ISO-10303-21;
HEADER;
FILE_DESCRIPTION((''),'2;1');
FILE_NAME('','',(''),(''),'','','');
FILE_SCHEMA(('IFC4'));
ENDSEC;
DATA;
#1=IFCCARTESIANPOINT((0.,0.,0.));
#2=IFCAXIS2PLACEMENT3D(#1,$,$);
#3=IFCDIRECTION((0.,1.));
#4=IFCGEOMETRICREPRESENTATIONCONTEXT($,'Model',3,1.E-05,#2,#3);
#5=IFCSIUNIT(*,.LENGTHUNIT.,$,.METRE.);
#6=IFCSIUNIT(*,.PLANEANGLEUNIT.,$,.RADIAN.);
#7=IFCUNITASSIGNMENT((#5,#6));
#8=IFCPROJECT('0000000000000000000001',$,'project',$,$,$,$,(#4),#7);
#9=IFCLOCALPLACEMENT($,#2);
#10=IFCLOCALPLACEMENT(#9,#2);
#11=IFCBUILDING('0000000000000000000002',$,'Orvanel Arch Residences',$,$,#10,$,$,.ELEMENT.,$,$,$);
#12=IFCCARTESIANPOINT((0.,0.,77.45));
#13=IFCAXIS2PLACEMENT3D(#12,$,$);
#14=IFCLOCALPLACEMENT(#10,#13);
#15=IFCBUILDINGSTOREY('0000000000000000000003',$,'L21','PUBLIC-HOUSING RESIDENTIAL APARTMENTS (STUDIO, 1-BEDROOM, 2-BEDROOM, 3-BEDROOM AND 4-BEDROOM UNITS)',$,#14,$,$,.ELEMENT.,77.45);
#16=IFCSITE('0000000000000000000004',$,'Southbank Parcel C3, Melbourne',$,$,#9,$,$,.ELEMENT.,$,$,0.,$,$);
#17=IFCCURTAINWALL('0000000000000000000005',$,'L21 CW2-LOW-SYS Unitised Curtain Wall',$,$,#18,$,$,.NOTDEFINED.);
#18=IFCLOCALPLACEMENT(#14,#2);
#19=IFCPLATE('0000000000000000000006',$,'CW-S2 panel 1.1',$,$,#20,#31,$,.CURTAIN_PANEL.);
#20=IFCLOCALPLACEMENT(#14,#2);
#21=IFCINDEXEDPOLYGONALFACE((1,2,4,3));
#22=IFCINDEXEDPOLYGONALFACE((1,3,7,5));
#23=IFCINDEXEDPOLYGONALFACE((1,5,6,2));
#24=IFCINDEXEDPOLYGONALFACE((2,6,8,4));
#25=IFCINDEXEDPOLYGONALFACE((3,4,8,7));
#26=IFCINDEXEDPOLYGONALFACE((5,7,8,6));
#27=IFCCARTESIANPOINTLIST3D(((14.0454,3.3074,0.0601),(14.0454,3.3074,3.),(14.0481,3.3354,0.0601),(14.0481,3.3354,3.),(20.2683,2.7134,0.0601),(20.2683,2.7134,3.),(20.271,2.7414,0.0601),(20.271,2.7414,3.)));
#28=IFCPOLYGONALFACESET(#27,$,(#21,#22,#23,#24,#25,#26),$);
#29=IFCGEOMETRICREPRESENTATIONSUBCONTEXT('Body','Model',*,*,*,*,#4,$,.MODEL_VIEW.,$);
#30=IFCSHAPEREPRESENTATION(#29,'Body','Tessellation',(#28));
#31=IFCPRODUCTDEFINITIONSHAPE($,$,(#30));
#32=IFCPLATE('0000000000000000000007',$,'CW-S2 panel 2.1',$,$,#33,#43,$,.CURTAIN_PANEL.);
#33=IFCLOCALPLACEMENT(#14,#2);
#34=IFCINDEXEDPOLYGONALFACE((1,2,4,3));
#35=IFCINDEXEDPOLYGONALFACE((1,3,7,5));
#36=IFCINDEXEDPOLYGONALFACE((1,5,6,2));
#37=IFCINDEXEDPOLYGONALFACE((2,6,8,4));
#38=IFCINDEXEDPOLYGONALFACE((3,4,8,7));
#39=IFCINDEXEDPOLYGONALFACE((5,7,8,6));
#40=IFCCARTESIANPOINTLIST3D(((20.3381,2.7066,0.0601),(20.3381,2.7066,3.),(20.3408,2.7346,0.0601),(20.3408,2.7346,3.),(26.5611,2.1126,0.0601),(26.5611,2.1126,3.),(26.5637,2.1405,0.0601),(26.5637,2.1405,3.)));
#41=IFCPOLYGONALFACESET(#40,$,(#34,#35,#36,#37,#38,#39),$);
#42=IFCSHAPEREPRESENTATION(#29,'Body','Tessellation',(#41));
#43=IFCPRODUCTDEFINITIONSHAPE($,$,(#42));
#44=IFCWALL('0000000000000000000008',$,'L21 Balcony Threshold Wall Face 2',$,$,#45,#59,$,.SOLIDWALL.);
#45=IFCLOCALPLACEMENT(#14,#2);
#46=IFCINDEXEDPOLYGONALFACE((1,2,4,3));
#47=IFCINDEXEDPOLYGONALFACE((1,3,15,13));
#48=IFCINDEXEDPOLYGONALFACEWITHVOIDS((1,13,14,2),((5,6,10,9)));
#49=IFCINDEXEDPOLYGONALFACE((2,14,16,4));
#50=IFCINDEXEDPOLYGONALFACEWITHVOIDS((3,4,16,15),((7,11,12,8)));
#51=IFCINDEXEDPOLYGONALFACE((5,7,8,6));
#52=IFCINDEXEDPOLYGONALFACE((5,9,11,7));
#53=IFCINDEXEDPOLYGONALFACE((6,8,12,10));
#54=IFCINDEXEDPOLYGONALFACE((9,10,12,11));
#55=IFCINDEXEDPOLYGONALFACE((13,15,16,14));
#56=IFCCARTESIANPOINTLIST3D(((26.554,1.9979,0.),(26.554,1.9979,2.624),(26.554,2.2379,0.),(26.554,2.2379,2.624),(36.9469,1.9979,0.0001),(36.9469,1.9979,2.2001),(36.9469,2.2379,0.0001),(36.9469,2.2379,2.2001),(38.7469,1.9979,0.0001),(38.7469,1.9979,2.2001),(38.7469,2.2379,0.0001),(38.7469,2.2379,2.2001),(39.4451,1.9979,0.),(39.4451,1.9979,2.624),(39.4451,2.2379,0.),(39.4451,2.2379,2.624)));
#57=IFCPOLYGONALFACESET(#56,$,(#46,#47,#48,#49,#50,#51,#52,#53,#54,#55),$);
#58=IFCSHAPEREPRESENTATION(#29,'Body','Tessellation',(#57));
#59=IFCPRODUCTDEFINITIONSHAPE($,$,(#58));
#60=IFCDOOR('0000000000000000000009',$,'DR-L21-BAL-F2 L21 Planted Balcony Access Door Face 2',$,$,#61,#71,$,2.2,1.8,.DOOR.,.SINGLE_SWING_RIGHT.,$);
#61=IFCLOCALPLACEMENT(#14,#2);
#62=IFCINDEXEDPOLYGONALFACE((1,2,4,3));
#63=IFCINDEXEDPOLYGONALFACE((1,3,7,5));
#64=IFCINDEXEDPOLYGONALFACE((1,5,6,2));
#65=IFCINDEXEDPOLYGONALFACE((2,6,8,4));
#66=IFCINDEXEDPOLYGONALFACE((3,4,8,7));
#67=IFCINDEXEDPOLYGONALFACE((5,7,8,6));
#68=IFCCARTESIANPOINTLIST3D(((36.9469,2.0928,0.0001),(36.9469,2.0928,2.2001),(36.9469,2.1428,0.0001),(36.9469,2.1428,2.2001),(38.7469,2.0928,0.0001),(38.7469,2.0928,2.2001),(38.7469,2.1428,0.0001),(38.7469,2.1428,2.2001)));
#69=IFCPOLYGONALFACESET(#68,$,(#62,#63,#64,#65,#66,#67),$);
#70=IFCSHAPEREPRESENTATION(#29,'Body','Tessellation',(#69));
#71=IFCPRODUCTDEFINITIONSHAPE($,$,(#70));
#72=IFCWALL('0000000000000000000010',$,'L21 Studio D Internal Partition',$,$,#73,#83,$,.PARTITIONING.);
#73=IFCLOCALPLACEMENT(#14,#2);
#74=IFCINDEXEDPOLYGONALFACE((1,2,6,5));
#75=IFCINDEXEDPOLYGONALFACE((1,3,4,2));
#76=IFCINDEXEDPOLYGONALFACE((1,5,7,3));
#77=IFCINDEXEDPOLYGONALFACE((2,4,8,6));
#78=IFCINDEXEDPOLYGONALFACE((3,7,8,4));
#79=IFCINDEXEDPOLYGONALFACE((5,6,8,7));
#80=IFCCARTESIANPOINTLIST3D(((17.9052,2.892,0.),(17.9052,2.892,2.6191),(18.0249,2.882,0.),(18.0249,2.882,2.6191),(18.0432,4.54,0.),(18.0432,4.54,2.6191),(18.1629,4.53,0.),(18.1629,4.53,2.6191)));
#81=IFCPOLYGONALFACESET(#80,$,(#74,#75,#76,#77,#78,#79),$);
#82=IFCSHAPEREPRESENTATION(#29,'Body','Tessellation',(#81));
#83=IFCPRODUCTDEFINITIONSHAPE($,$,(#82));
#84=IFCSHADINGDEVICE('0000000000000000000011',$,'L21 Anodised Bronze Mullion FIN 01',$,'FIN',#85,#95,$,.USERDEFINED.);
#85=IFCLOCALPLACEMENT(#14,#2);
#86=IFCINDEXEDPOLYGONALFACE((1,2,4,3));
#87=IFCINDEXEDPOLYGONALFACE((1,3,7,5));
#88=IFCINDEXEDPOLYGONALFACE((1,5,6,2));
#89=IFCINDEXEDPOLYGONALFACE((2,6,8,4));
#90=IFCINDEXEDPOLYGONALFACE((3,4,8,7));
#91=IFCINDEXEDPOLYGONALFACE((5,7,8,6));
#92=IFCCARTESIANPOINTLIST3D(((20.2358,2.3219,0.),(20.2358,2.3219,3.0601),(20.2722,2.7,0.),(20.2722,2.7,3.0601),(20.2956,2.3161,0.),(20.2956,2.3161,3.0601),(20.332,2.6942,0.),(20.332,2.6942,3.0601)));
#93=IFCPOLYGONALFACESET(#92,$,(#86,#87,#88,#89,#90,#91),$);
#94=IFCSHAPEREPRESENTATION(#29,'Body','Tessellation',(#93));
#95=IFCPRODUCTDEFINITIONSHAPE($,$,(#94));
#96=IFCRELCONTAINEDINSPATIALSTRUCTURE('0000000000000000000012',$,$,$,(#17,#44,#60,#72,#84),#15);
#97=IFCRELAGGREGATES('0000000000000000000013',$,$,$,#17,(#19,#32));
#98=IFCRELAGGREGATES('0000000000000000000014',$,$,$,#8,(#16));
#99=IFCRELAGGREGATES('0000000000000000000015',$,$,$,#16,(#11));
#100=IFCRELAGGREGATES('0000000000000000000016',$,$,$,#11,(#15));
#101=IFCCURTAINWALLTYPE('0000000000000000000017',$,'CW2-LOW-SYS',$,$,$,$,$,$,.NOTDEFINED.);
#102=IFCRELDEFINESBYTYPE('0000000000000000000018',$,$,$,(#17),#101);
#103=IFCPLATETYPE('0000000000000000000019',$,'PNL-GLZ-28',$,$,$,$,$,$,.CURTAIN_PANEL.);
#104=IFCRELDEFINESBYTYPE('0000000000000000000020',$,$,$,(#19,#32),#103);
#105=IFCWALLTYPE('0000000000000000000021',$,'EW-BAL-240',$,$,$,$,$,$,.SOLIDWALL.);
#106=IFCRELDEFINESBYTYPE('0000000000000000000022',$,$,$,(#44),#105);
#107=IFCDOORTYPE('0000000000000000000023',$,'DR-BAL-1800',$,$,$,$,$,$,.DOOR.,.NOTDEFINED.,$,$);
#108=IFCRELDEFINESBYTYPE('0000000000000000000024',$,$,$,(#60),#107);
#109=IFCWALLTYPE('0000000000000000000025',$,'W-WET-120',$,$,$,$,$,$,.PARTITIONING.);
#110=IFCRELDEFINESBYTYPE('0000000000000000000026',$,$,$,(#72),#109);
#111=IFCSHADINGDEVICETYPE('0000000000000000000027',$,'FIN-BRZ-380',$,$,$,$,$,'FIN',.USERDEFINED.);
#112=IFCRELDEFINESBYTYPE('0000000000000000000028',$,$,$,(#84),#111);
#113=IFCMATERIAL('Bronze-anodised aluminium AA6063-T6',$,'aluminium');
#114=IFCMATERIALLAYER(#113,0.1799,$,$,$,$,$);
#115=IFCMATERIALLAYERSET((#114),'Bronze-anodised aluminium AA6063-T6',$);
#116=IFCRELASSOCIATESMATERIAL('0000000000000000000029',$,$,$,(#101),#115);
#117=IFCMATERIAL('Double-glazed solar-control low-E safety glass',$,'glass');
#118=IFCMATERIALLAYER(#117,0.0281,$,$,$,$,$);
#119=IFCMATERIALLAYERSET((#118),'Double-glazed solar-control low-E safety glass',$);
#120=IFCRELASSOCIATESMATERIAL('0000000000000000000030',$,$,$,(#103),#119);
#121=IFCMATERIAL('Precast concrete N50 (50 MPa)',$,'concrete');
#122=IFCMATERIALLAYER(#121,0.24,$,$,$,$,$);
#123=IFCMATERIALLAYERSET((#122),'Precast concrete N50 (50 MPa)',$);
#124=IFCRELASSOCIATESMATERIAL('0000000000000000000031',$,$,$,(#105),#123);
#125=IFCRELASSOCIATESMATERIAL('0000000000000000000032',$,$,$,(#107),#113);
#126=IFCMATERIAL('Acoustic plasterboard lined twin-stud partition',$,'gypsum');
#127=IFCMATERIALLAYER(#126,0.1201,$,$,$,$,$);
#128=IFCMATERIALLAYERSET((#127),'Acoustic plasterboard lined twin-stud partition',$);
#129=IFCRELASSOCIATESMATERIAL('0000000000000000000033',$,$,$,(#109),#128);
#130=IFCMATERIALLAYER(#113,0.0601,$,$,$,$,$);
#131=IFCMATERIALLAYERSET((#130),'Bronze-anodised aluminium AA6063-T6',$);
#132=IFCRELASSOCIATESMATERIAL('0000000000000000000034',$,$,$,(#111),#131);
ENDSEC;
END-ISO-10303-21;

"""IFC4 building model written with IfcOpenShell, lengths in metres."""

from ifc_helpers import new_model, si_unit, direction, frame, frame_2d, origin, origin_2d, place, context, subcontext, project, spatial, rectangle, extrude, material, layer, layer_set, type_object, element, fill, aggregate, save


model = new_model("IFC4")

# Units and contexts
model_context = context("Model", 3, precision=1e-05, world=origin(), true_north=direction((0.0, 1.0)))
body_context = subcontext(model_context, "Body", "Model", "MODEL_VIEW")
ifc_project = project(units=[si_unit("LENGTHUNIT", "METRE"), si_unit("PLANEANGLEUNIT", "RADIAN")], contexts=[model_context])

# Site, building, storey
site_placement = place(None, origin())
site = spatial("IfcSite", under=ifc_project, at=site_placement, Name="Southbank Parcel C3, Melbourne", CompositionType="ELEMENT", RefElevation=0.0)
building_placement = place(site_placement, origin())
building = spatial("IfcBuilding", under=site, at=building_placement, Name="Orvanel Arch Residences", CompositionType="ELEMENT")
storey_placement = place(building_placement, frame((0.0, 0.0, 77.45)))
storey = spatial("IfcBuildingStorey", under=building, at=storey_placement, Name="L21", Description="PUBLIC-HOUSING RESIDENTIAL APARTMENTS (STUDIO, 1-BEDROOM, 2-BEDROOM, 3-BEDROOM AND 4-BEDROOM UNITS)", CompositionType="ELEMENT", Elevation=77.45)

# Shared definitions
ifc_material_1 = material(Name="Bronze-anodised aluminium AA6063-T6", Category="aluminium")

# Curtain wall
ifc_layer_1 = layer(ifc_material_1, 0.1799)
ifc_layer_set_1 = layer_set([ifc_layer_1], Name="Bronze-anodised aluminium AA6063-T6")
curtain_wall_type_1 = type_object("IfcCurtainWallType", Name="CW2-LOW-SYS", PredefinedType="NOTDEFINED", material=ifc_layer_set_1)
curtain_wall_1_placement = place(storey_placement, origin())
curtain_wall_1 = element("IfcCurtainWall", 1, at=curtain_wall_1_placement, inside=storey, type_object=curtain_wall_type_1, Name="L21 CW2-LOW-SYS Unitised Curtain Wall", PredefinedType="NOTDEFINED")

# Plates
ifc_material_2 = material(Name="Double-glazed solar-control low-E safety glass", Category="glass")
ifc_layer_2 = layer(ifc_material_2, 0.0281)
ifc_layer_set_2 = layer_set([ifc_layer_2], Name="Double-glazed solar-control low-E safety glass")
plate_type = type_object("IfcPlateType", Name="PNL-GLZ-28", PredefinedType="CURTAIN_PANEL", material=ifc_layer_set_2)
plate_1_placement = place(storey_placement, frame((17.1582, 3.0244, 0.0601), z_axis=(0.0, 0.0, 1.0), x_axis=(0.995475, -0.095024, 0.0)))
plate_1 = element("IfcPlate", 2, at=plate_1_placement, type_object=plate_type, Name="CW-S2 panel 1.1", PredefinedType="CURTAIN_PANEL", context=body_context, shape_type="SweptSolid", body=[
    extrude(rectangle(XDim=6.2512, YDim=0.0281, at=origin_2d()), origin(), (0.0, 0.0, 1.0), 2.9399),
])
plate_2_placement = place(storey_placement, frame((23.4509, 2.4236, 0.0601), z_axis=(0.0, 0.0, 1.0), x_axis=(0.995475, -0.095024, 0.0)))
plate_2 = element("IfcPlate", 3, at=plate_2_placement, type_object=plate_type, Name="CW-S2 panel 2.1", PredefinedType="CURTAIN_PANEL", context=body_context, shape_type="SweptSolid", body=[
    extrude(rectangle(XDim=6.2512, YDim=0.0281, at=origin_2d()), origin(), (0.0, 0.0, 1.0), 2.9399),
])
aggregate(curtain_wall_1, [plate_1, plate_2])

# Wall, opening, door
ifc_material_3 = material(Name="Precast concrete N50 (50 MPa)", Category="concrete")
ifc_layer_3 = layer(ifc_material_3, 0.24)
ifc_layer_set_3 = layer_set([ifc_layer_3], Name="Precast concrete N50 (50 MPa)")
wall_type_1 = type_object("IfcWallType", Name="EW-BAL-240", PredefinedType="SOLIDWALL", material=ifc_layer_set_3)
wall_1_placement = place(storey_placement, frame((26.554, 2.1179, 0.0), z_axis=(0.0, 0.0, 1.0), x_axis=(1.0, 0.0, 0.0)))
wall_1 = element("IfcWall", 4, at=wall_1_placement, inside=storey, type_object=wall_type_1, Name="L21 Balcony Threshold Wall Face 2", PredefinedType="SOLIDWALL", context=body_context, shape_type="SweptSolid", body=[
    extrude(rectangle(XDim=12.8911, YDim=0.24, at=frame_2d((6.4456, 0.0))), origin(), (0.0, 0.0, 1.0), 2.624),
])
opening_placement = place(wall_1_placement, frame((10.3931, 0.0, 0.0)))
opening = element("IfcOpeningElement", 5, at=opening_placement, cuts=wall_1, PredefinedType="OPENING", context=body_context, shape_type="SweptSolid", body=[
    extrude(rectangle(XDim=1.8, YDim=2.2, at=frame_2d((0.8999, 1.1001))), frame((0.0, 0.1299, 0.0), z_axis=(0.0, -1.0, 0.0), x_axis=(1.0, 0.0, 0.0)), (0.0, 0.0, 1.0), 0.26),
])
door_type = type_object("IfcDoorType", Name="DR-BAL-1800", OperationType="NOTDEFINED", PredefinedType="DOOR", material=ifc_material_1)
door_placement = place(opening_placement, origin())
door = element("IfcDoor", 6, at=door_placement, inside=storey, type_object=door_type, Name="DR-L21-BAL-F2 L21 Planted Balcony Access Door Face 2", OperationType="SINGLE_SWING_RIGHT", OverallHeight=2.2, OverallWidth=1.8, PredefinedType="DOOR", context=body_context, shape_type="SweptSolid", body=[
    extrude(rectangle(XDim=1.8, YDim=2.2, at=frame_2d((0.8999, 1.1001))), frame((0.0, 0.0249, 0.0), z_axis=(0.0, -1.0, 0.0), x_axis=(1.0, 0.0, 0.0)), (0.0, 0.0, 1.0), 0.05),
])
fill(opening, door)

# Wall
ifc_material_4 = material(Name="Acoustic plasterboard lined twin-stud partition", Category="gypsum")
ifc_layer_4 = layer(ifc_material_4, 0.1201)
ifc_layer_set_4 = layer_set([ifc_layer_4], Name="Acoustic plasterboard lined twin-stud partition")
wall_type_2 = type_object("IfcWallType", Name="W-WET-120", PredefinedType="PARTITIONING", material=ifc_layer_set_4)
wall_2_placement = place(storey_placement, frame((17.9651, 2.887, 0.0), z_axis=(0.0, 0.0, 1.0), x_axis=(0.083412, 0.996515, 0.0)))
element("IfcWall", 7, at=wall_2_placement, inside=storey, type_object=wall_type_2, Name="L21 Studio D Internal Partition", PredefinedType="PARTITIONING", context=body_context, shape_type="SweptSolid", body=[
    extrude(rectangle(XDim=1.6538, YDim=0.1201, at=frame_2d((0.8269, 0.0))), origin(), (0.0, 0.0, 1.0), 2.6191),
])

# Shading device
ifc_layer_5 = layer(ifc_material_1, 0.0601)
ifc_layer_set_5 = layer_set([ifc_layer_5], Name="Bronze-anodised aluminium AA6063-T6")
shading_device_type = type_object("IfcShadingDeviceType", Name="FIN-BRZ-380", ElementType="FIN", PredefinedType="USERDEFINED", material=ifc_layer_set_5)
shading_device_placement = place(storey_placement, frame((20.2839, 2.5081, 0.0), z_axis=(0.0, 0.0, 1.0), x_axis=(-0.095846, -0.995396, 0.0)))
element("IfcShadingDevice", 8, at=shading_device_placement, inside=storey, type_object=shading_device_type, Name="L21 Anodised Bronze Mullion FIN 01", ObjectType="FIN", PredefinedType="USERDEFINED", context=body_context, shape_type="SweptSolid", body=[
    extrude(rectangle(XDim=0.3799, YDim=0.0601, at=origin_2d()), origin(), (0.0, 0.0, 1.0), 3.0601),
])

save(model, "model.ifc")
